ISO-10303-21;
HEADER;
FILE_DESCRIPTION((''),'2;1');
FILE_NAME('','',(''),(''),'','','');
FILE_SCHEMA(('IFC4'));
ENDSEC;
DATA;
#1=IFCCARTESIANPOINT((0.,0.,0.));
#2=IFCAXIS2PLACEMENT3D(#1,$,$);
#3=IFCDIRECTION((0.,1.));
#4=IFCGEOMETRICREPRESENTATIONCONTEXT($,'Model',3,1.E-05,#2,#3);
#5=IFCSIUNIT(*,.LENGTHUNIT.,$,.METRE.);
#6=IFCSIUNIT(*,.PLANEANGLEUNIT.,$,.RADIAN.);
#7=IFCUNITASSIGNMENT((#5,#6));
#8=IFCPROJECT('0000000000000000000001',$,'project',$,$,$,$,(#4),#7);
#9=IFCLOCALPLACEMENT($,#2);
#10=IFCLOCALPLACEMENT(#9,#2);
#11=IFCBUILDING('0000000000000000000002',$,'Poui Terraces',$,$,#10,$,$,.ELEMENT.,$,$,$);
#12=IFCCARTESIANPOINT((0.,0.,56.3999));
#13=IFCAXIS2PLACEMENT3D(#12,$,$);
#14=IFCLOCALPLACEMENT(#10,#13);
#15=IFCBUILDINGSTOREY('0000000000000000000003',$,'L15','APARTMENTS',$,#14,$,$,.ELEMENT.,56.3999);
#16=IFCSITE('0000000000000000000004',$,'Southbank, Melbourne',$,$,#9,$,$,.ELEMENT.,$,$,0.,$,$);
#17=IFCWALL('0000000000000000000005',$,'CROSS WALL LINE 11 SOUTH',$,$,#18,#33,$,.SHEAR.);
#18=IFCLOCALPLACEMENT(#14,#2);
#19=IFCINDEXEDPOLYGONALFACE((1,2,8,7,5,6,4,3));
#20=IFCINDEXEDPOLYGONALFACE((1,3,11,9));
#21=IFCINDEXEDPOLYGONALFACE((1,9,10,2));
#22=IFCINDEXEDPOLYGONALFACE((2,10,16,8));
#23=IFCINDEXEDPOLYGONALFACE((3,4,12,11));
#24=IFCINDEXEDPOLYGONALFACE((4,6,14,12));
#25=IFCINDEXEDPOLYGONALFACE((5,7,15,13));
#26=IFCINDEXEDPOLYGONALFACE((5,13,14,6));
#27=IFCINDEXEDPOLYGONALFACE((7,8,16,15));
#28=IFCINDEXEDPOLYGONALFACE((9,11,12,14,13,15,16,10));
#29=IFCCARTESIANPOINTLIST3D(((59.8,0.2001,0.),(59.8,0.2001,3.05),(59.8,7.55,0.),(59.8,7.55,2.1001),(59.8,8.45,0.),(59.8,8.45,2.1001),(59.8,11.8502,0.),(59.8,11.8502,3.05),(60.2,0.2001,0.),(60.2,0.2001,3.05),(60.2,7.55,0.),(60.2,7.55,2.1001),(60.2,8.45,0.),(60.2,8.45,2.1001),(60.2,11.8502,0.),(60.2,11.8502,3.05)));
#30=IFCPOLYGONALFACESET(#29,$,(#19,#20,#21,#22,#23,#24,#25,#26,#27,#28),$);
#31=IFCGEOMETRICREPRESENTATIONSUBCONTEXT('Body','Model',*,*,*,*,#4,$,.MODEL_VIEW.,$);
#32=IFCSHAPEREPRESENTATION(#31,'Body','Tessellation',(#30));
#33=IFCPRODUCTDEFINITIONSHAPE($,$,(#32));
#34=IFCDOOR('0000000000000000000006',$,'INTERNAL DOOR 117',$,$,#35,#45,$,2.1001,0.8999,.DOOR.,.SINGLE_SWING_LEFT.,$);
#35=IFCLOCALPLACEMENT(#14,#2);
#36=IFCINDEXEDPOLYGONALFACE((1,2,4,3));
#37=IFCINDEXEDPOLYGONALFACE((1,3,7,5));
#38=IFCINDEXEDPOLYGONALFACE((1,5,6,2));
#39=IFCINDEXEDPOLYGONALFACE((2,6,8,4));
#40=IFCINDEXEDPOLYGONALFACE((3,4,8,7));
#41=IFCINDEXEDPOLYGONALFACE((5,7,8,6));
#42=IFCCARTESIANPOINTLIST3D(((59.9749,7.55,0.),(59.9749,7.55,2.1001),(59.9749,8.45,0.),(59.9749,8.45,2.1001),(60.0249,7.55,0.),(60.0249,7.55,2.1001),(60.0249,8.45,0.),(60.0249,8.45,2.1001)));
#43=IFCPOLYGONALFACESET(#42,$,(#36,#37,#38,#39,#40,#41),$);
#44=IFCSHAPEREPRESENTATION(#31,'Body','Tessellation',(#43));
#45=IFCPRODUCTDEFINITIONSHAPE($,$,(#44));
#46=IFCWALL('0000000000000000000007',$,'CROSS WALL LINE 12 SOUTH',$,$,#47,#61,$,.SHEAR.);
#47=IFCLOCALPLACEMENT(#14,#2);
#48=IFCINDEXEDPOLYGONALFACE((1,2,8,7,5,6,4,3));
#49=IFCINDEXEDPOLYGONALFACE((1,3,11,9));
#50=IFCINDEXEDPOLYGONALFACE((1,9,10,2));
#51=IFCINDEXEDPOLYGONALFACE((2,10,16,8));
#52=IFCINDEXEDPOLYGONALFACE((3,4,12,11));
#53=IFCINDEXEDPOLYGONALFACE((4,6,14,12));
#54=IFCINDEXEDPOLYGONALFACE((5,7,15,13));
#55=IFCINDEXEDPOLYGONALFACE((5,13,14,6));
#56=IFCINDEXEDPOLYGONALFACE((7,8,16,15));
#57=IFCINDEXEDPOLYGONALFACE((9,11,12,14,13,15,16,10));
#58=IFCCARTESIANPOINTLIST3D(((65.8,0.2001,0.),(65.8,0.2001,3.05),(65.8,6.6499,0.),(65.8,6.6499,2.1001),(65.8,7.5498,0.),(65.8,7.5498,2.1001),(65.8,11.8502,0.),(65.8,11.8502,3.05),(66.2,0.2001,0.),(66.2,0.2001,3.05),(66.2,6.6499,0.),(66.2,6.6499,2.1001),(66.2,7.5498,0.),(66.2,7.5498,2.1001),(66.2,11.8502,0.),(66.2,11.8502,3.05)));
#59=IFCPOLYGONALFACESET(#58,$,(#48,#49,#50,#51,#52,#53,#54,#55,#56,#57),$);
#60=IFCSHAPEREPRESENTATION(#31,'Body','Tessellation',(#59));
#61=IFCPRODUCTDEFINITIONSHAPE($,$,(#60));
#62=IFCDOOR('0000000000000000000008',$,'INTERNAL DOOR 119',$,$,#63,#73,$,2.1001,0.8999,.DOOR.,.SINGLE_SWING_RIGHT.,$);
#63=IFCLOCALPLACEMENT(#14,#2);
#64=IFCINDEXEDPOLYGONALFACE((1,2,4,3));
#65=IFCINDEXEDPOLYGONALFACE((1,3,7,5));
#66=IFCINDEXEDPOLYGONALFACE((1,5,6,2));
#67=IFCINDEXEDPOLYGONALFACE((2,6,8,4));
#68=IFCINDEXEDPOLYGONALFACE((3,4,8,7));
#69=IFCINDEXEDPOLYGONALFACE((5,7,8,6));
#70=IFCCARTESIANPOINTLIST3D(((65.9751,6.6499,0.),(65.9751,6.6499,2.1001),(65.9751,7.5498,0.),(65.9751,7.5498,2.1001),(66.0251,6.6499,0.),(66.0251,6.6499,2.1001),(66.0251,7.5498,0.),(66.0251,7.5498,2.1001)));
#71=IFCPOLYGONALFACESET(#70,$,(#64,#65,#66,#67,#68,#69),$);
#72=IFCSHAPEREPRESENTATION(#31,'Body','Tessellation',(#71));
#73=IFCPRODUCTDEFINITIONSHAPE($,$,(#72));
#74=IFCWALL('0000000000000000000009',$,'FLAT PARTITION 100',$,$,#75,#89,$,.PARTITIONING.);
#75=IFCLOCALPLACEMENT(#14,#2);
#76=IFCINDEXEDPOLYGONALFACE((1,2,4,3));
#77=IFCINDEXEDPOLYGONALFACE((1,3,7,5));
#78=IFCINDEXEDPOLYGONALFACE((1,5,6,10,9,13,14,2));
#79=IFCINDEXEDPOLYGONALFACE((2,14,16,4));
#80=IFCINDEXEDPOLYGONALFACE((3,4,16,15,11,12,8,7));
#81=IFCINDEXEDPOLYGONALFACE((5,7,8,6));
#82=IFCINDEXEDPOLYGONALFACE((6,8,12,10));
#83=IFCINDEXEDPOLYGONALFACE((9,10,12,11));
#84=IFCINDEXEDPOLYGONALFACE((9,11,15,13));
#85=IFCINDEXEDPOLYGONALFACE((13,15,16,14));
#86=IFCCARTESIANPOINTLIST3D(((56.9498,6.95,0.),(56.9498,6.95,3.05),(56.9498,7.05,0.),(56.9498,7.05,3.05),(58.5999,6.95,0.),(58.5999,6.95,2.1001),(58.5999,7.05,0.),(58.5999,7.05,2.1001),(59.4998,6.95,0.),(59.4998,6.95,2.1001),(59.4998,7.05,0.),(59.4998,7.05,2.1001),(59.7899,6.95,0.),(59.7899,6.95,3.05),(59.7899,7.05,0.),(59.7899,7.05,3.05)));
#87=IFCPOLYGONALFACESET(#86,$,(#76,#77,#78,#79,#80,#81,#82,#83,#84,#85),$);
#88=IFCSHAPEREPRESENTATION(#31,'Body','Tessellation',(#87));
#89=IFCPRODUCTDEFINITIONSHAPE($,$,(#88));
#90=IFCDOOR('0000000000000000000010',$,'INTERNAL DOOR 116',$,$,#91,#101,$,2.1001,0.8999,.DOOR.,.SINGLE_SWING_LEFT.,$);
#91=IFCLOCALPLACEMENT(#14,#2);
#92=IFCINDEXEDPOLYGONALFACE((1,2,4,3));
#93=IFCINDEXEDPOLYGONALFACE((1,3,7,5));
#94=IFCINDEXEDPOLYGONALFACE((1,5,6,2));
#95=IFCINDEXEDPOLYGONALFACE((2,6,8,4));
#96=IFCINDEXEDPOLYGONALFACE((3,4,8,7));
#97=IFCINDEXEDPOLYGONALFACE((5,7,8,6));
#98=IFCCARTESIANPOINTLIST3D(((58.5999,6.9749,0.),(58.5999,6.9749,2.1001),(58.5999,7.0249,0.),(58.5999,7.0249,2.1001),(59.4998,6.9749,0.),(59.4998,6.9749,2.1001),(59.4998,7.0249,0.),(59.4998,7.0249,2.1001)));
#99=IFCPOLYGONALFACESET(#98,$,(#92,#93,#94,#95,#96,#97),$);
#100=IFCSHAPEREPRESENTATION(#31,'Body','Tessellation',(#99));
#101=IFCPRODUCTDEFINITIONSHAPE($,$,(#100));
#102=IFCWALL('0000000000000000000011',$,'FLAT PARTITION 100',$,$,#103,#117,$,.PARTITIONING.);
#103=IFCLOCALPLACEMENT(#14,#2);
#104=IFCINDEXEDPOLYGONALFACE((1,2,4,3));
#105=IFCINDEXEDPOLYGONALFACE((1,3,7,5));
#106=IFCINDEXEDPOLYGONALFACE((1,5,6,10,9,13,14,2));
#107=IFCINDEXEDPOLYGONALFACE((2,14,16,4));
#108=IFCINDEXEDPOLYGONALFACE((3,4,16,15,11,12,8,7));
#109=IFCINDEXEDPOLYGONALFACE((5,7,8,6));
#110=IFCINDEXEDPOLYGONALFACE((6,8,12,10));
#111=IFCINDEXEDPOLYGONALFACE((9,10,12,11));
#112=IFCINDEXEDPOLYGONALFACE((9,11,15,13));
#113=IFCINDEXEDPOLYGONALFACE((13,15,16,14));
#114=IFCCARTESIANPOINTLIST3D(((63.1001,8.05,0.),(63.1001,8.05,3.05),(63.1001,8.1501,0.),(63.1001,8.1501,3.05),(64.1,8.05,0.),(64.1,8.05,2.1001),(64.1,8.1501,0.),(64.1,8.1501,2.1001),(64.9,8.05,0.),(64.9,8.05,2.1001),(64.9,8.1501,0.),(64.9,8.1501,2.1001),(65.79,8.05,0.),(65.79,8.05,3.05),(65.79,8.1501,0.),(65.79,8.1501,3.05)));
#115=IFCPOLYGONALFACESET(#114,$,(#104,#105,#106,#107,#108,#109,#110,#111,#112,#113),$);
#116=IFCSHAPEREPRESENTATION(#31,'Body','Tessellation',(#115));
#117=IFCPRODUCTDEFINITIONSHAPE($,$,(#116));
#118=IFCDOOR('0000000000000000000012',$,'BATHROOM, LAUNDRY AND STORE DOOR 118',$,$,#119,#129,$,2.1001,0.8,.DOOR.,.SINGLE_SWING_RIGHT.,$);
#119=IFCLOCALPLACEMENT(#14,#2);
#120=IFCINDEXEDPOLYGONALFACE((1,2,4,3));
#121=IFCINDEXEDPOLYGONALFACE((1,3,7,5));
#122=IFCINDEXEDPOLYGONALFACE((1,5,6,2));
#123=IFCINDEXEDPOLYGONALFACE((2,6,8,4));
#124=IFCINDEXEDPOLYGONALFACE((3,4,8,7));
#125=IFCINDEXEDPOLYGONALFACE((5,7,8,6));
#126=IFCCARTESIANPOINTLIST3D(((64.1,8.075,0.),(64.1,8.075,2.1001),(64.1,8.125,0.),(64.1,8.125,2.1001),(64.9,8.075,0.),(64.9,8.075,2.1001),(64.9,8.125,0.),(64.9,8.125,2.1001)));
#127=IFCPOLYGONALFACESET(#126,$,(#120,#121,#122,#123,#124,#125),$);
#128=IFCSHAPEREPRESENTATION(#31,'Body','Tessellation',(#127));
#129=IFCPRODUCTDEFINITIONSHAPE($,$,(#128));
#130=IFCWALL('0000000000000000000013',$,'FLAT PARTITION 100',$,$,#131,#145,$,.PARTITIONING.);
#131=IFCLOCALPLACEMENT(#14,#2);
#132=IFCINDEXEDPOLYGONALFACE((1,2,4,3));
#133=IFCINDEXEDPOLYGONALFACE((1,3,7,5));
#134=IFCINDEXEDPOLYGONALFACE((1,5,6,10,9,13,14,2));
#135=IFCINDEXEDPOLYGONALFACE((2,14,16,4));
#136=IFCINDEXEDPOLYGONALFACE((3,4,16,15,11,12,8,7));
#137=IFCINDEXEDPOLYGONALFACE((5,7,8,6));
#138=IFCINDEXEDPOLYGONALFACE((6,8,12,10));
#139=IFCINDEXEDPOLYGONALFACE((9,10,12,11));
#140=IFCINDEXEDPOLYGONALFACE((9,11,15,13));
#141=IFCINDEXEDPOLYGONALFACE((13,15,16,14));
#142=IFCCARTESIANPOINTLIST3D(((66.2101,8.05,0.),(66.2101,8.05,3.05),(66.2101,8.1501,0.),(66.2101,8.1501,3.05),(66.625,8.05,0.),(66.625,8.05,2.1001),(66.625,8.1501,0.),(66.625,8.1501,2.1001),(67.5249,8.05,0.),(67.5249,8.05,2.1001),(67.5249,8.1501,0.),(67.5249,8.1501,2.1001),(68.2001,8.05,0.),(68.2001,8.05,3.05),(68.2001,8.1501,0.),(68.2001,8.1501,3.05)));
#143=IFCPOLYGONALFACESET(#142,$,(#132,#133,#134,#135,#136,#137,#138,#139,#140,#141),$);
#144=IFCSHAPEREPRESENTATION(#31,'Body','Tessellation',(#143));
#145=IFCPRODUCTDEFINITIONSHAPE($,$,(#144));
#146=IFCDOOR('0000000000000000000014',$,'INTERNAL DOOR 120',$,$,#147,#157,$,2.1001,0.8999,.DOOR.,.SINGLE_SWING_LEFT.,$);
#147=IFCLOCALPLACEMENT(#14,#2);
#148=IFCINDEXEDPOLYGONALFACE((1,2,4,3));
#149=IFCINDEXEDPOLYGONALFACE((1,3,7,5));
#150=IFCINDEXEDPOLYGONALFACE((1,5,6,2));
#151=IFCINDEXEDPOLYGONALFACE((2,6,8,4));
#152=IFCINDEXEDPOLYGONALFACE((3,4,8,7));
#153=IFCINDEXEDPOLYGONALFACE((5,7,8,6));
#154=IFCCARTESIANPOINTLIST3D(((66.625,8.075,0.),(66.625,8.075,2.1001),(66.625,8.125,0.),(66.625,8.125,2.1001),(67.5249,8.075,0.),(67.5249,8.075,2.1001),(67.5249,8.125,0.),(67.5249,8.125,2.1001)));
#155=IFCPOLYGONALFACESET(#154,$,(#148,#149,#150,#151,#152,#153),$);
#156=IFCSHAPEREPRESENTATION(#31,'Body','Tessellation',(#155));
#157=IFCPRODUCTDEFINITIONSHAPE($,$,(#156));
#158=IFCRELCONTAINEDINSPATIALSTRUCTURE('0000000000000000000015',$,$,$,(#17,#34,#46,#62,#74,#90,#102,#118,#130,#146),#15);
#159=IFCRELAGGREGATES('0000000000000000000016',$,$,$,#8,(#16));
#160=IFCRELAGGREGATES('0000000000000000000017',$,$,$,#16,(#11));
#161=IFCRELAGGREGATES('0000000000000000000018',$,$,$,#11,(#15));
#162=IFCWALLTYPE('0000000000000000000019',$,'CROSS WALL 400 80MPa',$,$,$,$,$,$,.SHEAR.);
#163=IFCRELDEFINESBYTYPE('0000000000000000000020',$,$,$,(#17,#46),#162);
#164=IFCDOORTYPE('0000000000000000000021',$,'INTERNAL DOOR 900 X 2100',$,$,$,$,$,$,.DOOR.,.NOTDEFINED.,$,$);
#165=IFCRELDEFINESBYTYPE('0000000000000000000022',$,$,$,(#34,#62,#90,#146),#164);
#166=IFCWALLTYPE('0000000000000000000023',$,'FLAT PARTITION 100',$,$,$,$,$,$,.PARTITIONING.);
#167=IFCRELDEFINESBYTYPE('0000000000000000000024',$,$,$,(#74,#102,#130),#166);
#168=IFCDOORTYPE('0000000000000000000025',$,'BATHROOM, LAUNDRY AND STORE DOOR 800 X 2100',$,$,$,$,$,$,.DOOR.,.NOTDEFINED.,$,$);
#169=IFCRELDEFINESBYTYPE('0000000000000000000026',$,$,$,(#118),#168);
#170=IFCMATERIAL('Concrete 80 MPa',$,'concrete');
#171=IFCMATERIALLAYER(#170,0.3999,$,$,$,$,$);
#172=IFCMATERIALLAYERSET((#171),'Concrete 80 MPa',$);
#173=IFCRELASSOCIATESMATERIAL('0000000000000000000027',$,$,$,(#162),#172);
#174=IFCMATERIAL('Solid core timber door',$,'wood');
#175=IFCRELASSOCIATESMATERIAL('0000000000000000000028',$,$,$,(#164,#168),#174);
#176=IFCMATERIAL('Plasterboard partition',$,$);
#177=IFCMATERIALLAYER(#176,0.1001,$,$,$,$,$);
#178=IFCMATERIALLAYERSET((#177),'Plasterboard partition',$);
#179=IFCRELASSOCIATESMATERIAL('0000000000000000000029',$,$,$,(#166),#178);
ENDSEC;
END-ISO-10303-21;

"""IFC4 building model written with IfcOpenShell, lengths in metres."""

from ifc_helpers import new_model, si_unit, direction, frame, frame_2d, origin, place, context, subcontext, project, spatial, rectangle, extrude, material, layer, layer_set, type_object, element, fill, save


model = new_model("IFC4")

# Units and contexts
model_context = context("Model", 3, precision=1e-05, world=origin(), true_north=direction((0.0, 1.0)))
body_context = subcontext(model_context, "Body", "Model", "MODEL_VIEW")
ifc_project = project(units=[si_unit("LENGTHUNIT", "METRE"), si_unit("PLANEANGLEUNIT", "RADIAN")], contexts=[model_context])

# Site, building, storey
site_placement = place(None, origin())
site = spatial("IfcSite", under=ifc_project, at=site_placement, Name="Southbank, Melbourne", CompositionType="ELEMENT", RefElevation=0.0)
building_placement = place(site_placement, origin())
building = spatial("IfcBuilding", under=site, at=building_placement, Name="Poui Terraces", CompositionType="ELEMENT")
storey_placement = place(building_placement, frame((0.0, 0.0, 56.3999)))
storey = spatial("IfcBuildingStorey", under=building, at=storey_placement, Name="L15", Description="APARTMENTS", CompositionType="ELEMENT", Elevation=56.3999)

# Walls, openings, doors
ifc_material_1 = material(Name="Concrete 80 MPa", Category="concrete")
ifc_layer_1 = layer(ifc_material_1, 0.3999)
ifc_layer_set_1 = layer_set([ifc_layer_1], Name="Concrete 80 MPa")
wall_type_1 = type_object("IfcWallType", Name="CROSS WALL 400 80MPa", PredefinedType="SHEAR", material=ifc_layer_set_1)
wall_1_placement = place(storey_placement, frame((60.0, 0.2, 0.0), z_axis=(0.0, 0.0, 1.0), x_axis=(0.0, 1.0, 0.0)))
wall_1 = element("IfcWall", 1, at=wall_1_placement, inside=storey, type_object=wall_type_1, Name="CROSS WALL LINE 11 SOUTH", PredefinedType="SHEAR", context=body_context, shape_type="SweptSolid", body=[
    extrude(rectangle(XDim=11.6501, YDim=0.3999, at=frame_2d((5.8252, 0.0))), origin(), (0.0, 0.0, 1.0), 3.05),
])
opening_1_placement = place(wall_1_placement, frame((7.3501, 0.0, 0.0)))
opening_1 = element("IfcOpeningElement", 2, at=opening_1_placement, cuts=wall_1, PredefinedType="OPENING", context=body_context, shape_type="SweptSolid", body=[
    extrude(rectangle(XDim=0.8999, YDim=2.1001, at=frame_2d((0.45, 1.05))), frame((0.0, 0.21, 0.0), z_axis=(0.0, -1.0, 0.0), x_axis=(1.0, 0.0, 0.0)), (0.0, 0.0, 1.0), 0.4199),
])
ifc_material_2 = material(Name="Solid core timber door", Category="wood")
door_type_1 = type_object("IfcDoorType", Name="INTERNAL DOOR 900 X 2100", OperationType="NOTDEFINED", PredefinedType="DOOR", material=ifc_material_2)
door_1_placement = place(opening_1_placement, frame((0.8999, 0.0, 0.0), z_axis=(0.0, 0.0, 1.0), x_axis=(-1.0, 0.0, 0.0)))
door_1 = element("IfcDoor", 3, at=door_1_placement, inside=storey, type_object=door_type_1, Name="INTERNAL DOOR 117", OperationType="SINGLE_SWING_LEFT", OverallHeight=2.1001, OverallWidth=0.8999, PredefinedType="DOOR", context=body_context, shape_type="SweptSolid", body=[
    extrude(rectangle(XDim=0.8999, YDim=2.1001, at=frame_2d((0.45, 1.05))), frame((0.0, 0.0249, 0.0), z_axis=(0.0, -1.0, 0.0), x_axis=(1.0, 0.0, 0.0)), (0.0, 0.0, 1.0), 0.05),
])
fill(opening_1, door_1)
wall_2_placement = place(storey_placement, frame((66.0, 0.2, 0.0), z_axis=(0.0, 0.0, 1.0), x_axis=(0.0, 1.0, 0.0)))
wall_2 = element("IfcWall", 4, at=wall_2_placement, inside=storey, type_object=wall_type_1, Name="CROSS WALL LINE 12 SOUTH", PredefinedType="SHEAR", context=body_context, shape_type="SweptSolid", body=[
    extrude(rectangle(XDim=11.6501, YDim=0.3999, at=frame_2d((5.8252, 0.0))), origin(), (0.0, 0.0, 1.0), 3.05),
])
opening_2_placement = place(wall_2_placement, frame((6.45, 0.0, 0.0)))
opening_2 = element("IfcOpeningElement", 5, at=opening_2_placement, cuts=wall_2, PredefinedType="OPENING", context=body_context, shape_type="SweptSolid", body=[
    extrude(rectangle(XDim=0.8999, YDim=2.1001, at=frame_2d((0.45, 1.05))), frame((0.0, 0.21, 0.0), z_axis=(0.0, -1.0, 0.0), x_axis=(1.0, 0.0, 0.0)), (0.0, 0.0, 1.0), 0.4199),
])
door_2_placement = place(opening_2_placement, origin())
door_2 = element("IfcDoor", 6, at=door_2_placement, inside=storey, type_object=door_type_1, Name="INTERNAL DOOR 119", OperationType="SINGLE_SWING_RIGHT", OverallHeight=2.1001, OverallWidth=0.8999, PredefinedType="DOOR", context=body_context, shape_type="SweptSolid", body=[
    extrude(rectangle(XDim=0.8999, YDim=2.1001, at=frame_2d((0.45, 1.05))), frame((0.0, 0.0249, 0.0), z_axis=(0.0, -1.0, 0.0), x_axis=(1.0, 0.0, 0.0)), (0.0, 0.0, 1.0), 0.05),
])
fill(opening_2, door_2)
ifc_material_3 = material(Name="Plasterboard partition")
ifc_layer_2 = layer(ifc_material_3, 0.1001)
ifc_layer_set_2 = layer_set([ifc_layer_2], Name="Plasterboard partition")
wall_type_2 = type_object("IfcWallType", Name="FLAT PARTITION 100", PredefinedType="PARTITIONING", material=ifc_layer_set_2)
wall_3_placement = place(storey_placement, frame((56.95, 7.0, 0.0), z_axis=(0.0, 0.0, 1.0), x_axis=(1.0, 0.0, 0.0)))
wall_3 = element("IfcWall", 7, at=wall_3_placement, inside=storey, type_object=wall_type_2, Name="FLAT PARTITION 100", PredefinedType="PARTITIONING", context=body_context, shape_type="SweptSolid", body=[
    extrude(rectangle(XDim=2.8401, YDim=0.1001, at=frame_2d((1.4199, 0.0))), origin(), (0.0, 0.0, 1.0), 3.05),
])
opening_3_placement = place(wall_3_placement, frame((1.6499, 0.0, 0.0)))
opening_3 = element("IfcOpeningElement", 8, at=opening_3_placement, cuts=wall_3, PredefinedType="OPENING", context=body_context, shape_type="SweptSolid", body=[
    extrude(rectangle(XDim=0.8999, YDim=2.1001, at=frame_2d((0.45, 1.05))), frame((0.0, 0.0601, 0.0), z_axis=(0.0, -1.0, 0.0), x_axis=(1.0, 0.0, 0.0)), (0.0, 0.0, 1.0), 0.1201),
])
door_3_placement = place(opening_3_placement, origin())
door_3 = element("IfcDoor", 9, at=door_3_placement, inside=storey, type_object=door_type_1, Name="INTERNAL DOOR 116", OperationType="SINGLE_SWING_LEFT", OverallHeight=2.1001, OverallWidth=0.8999, PredefinedType="DOOR", context=body_context, shape_type="SweptSolid", body=[
    extrude(rectangle(XDim=0.8999, YDim=2.1001, at=frame_2d((0.45, 1.05))), frame((0.0, 0.0249, 0.0), z_axis=(0.0, -1.0, 0.0), x_axis=(1.0, 0.0, 0.0)), (0.0, 0.0, 1.0), 0.05),
])
fill(opening_3, door_3)
wall_4_placement = place(storey_placement, frame((63.1001, 8.1001, 0.0), z_axis=(0.0, 0.0, 1.0), x_axis=(1.0, 0.0, 0.0)))
wall_4 = element("IfcWall", 10, at=wall_4_placement, inside=storey, type_object=wall_type_2, Name="FLAT PARTITION 100", PredefinedType="PARTITIONING", context=body_context, shape_type="SweptSolid", body=[
    extrude(rectangle(XDim=2.6899, YDim=0.1001, at=frame_2d((1.345, 0.0))), origin(), (0.0, 0.0, 1.0), 3.05),
])
opening_4_placement = place(wall_4_placement, frame((1.0, 0.0, 0.0)))
opening_4 = element("IfcOpeningElement", 11, at=opening_4_placement, cuts=wall_4, PredefinedType="OPENING", context=body_context, shape_type="SweptSolid", body=[
    extrude(rectangle(XDim=0.8, YDim=2.1001, at=frame_2d((0.3999, 1.05))), frame((0.0, 0.0601, 0.0), z_axis=(0.0, -1.0, 0.0), x_axis=(1.0, 0.0, 0.0)), (0.0, 0.0, 1.0), 0.1201),
])
door_type_2 = type_object("IfcDoorType", Name="BATHROOM, LAUNDRY AND STORE DOOR 800 X 2100", OperationType="NOTDEFINED", PredefinedType="DOOR", material=ifc_material_2)
door_4_placement = place(opening_4_placement, origin())
door_4 = element("IfcDoor", 12, at=door_4_placement, inside=storey, type_object=door_type_2, Name="BATHROOM, LAUNDRY AND STORE DOOR 118", OperationType="SINGLE_SWING_RIGHT", OverallHeight=2.1001, OverallWidth=0.8, PredefinedType="DOOR", context=body_context, shape_type="SweptSolid", body=[
    extrude(rectangle(XDim=0.8, YDim=2.1001, at=frame_2d((0.3999, 1.05))), frame((0.0, 0.0249, 0.0), z_axis=(0.0, -1.0, 0.0), x_axis=(1.0, 0.0, 0.0)), (0.0, 0.0, 1.0), 0.05),
])
fill(opening_4, door_4)
wall_5_placement = place(storey_placement, frame((66.21, 8.1001, 0.0), z_axis=(0.0, 0.0, 1.0), x_axis=(1.0, 0.0, 0.0)))
wall_5 = element("IfcWall", 13, at=wall_5_placement, inside=storey, type_object=wall_type_2, Name="FLAT PARTITION 100", PredefinedType="PARTITIONING", context=body_context, shape_type="SweptSolid", body=[
    extrude(rectangle(XDim=1.99, YDim=0.1001, at=frame_2d((0.9951, 0.0))), origin(), (0.0, 0.0, 1.0), 3.05),
])
opening_5_placement = place(wall_5_placement, frame((0.415, 0.0, 0.0)))
opening_5 = element("IfcOpeningElement", 14, at=opening_5_placement, cuts=wall_5, PredefinedType="OPENING", context=body_context, shape_type="SweptSolid", body=[
    extrude(rectangle(XDim=0.8999, YDim=2.1001, at=frame_2d((0.45, 1.05))), frame((0.0, 0.0601, 0.0), z_axis=(0.0, -1.0, 0.0), x_axis=(1.0, 0.0, 0.0)), (0.0, 0.0, 1.0), 0.1201),
])
door_5_placement = place(opening_5_placement, origin())
door_5 = element("IfcDoor", 15, at=door_5_placement, inside=storey, type_object=door_type_1, Name="INTERNAL DOOR 120", OperationType="SINGLE_SWING_LEFT", OverallHeight=2.1001, OverallWidth=0.8999, PredefinedType="DOOR", context=body_context, shape_type="SweptSolid", body=[
    extrude(rectangle(XDim=0.8999, YDim=2.1001, at=frame_2d((0.45, 1.05))), frame((0.0, 0.0249, 0.0), z_axis=(0.0, -1.0, 0.0), x_axis=(1.0, 0.0, 0.0)), (0.0, 0.0, 1.0), 0.05),
])
fill(opening_5, door_5)

save(model, "model.ifc")
